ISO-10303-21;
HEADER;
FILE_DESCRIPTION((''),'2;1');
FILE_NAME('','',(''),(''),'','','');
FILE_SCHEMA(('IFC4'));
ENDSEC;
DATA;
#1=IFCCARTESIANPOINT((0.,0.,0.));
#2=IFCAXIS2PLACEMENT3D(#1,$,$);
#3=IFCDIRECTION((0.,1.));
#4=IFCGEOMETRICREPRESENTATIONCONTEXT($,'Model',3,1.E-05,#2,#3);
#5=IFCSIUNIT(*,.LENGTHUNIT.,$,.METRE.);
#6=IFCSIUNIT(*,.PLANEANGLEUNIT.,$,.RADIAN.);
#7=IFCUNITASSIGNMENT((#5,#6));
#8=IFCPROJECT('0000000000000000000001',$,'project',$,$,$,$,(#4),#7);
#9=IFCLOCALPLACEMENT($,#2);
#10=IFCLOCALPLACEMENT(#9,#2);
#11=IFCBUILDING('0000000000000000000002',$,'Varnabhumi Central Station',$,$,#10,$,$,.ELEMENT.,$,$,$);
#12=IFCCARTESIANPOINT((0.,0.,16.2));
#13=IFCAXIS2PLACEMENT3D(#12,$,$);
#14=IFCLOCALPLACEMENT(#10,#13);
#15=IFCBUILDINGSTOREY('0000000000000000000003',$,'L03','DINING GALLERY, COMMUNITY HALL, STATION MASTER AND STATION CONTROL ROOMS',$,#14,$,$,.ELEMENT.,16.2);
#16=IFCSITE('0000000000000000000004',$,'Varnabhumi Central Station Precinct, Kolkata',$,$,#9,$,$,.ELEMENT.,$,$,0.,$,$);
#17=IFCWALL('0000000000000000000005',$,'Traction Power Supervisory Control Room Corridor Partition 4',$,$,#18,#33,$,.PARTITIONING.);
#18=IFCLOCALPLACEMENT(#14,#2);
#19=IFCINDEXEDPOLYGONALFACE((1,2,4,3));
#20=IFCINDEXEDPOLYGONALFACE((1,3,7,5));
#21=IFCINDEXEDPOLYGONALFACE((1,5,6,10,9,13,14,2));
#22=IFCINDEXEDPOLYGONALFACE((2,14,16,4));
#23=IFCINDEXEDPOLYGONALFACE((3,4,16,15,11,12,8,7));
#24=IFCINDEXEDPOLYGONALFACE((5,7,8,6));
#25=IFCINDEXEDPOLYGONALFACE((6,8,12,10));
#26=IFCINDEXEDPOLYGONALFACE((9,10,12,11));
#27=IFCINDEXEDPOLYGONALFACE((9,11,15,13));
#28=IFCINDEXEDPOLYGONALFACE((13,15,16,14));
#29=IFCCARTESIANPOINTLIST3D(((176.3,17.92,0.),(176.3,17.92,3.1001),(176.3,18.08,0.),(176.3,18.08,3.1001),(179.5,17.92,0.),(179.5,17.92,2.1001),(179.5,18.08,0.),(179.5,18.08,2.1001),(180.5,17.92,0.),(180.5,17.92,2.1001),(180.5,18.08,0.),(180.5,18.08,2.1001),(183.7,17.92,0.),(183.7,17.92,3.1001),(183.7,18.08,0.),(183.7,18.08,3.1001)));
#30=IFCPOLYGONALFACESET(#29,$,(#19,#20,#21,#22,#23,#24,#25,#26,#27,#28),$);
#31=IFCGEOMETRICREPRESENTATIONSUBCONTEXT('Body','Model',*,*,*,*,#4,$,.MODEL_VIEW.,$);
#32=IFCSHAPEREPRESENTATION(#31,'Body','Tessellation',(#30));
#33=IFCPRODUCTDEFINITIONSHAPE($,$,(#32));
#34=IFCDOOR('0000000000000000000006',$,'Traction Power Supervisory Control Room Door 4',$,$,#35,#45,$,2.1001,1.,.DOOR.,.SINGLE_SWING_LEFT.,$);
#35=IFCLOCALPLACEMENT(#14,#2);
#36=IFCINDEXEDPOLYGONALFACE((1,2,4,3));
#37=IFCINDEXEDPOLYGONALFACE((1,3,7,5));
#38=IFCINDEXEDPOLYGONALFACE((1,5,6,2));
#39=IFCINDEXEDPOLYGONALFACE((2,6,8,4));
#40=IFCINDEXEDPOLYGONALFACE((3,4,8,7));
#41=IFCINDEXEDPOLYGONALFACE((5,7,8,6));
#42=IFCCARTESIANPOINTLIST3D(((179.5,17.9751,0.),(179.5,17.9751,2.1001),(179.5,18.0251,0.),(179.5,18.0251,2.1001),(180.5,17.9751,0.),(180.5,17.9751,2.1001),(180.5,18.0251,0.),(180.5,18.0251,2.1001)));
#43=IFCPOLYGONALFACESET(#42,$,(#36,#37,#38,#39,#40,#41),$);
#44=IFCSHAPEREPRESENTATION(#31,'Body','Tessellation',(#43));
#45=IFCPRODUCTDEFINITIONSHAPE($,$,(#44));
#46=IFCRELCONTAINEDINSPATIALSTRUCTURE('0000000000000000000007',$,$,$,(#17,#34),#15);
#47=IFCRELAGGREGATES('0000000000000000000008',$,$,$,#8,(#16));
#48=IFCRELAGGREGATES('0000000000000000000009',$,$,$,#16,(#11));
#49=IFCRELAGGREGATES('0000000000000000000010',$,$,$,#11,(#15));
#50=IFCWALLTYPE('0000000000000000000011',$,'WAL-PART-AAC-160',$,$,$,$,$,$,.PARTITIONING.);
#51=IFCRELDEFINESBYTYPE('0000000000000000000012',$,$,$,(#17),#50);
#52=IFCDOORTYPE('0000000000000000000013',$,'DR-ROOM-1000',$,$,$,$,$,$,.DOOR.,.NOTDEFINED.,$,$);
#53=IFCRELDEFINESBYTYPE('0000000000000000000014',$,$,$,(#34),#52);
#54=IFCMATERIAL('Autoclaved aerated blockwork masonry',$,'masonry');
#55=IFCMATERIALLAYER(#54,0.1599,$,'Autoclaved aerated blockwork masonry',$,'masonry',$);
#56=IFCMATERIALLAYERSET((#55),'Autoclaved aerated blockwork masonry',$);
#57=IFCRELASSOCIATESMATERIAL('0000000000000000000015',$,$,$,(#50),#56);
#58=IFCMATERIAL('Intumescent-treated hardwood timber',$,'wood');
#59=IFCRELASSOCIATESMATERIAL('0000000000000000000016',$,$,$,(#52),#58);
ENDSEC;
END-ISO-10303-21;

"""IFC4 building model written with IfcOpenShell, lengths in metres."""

from ifc_helpers import new_model, si_unit, direction, frame, frame_2d, origin, place, context, subcontext, project, spatial, rectangle, extrude, material, layer, layer_set, type_object, element, fill, save


model = new_model("IFC4")

# Units and contexts
model_context = context("Model", 3, precision=1e-05, world=origin(), true_north=direction((0.0, 1.0)))
body_context = subcontext(model_context, "Body", "Model", "MODEL_VIEW")
ifc_project = project(units=[si_unit("LENGTHUNIT", "METRE"), si_unit("PLANEANGLEUNIT", "RADIAN")], contexts=[model_context])

# Site, building, storey
site_placement = place(None, origin())
site = spatial("IfcSite", under=ifc_project, at=site_placement, Name="Varnabhumi Central Station Precinct, Kolkata", CompositionType="ELEMENT", RefElevation=0.0)
building_placement = place(site_placement, origin())
building = spatial("IfcBuilding", under=site, at=building_placement, Name="Varnabhumi Central Station", CompositionType="ELEMENT")
storey_placement = place(building_placement, frame((0.0, 0.0, 16.2)))
storey = spatial("IfcBuildingStorey", under=building, at=storey_placement, Name="L03", Description="DINING GALLERY, COMMUNITY HALL, STATION MASTER AND STATION CONTROL ROOMS", CompositionType="ELEMENT", Elevation=16.2)

# Shared definitions
ifc_material_1 = material(Name="Autoclaved aerated blockwork masonry", Category="masonry")

# Shared definitions
ifc_layer_1 = layer(ifc_material_1, 0.1599, Name="Autoclaved aerated blockwork masonry", Category="masonry")
ifc_layer_set_1 = layer_set([ifc_layer_1], Name="Autoclaved aerated blockwork masonry")
wall_type_1 = type_object("IfcWallType", Name="WAL-PART-AAC-160", PredefinedType="PARTITIONING", material=ifc_layer_set_1)

# Wall, opening, door
wall_1_placement = place(storey_placement, frame((176.3, 18.0, 0.0), z_axis=(0.0, 0.0, 1.0), x_axis=(1.0, 0.0, 0.0)))
wall_1 = element("IfcWall", 1, at=wall_1_placement, inside=storey, type_object=wall_type_1, Name="Traction Power Supervisory Control Room Corridor Partition 4", PredefinedType="PARTITIONING", context=body_context, shape_type="SweptSolid", body=[
    extrude(rectangle(XDim=7.3999, YDim=0.1599, at=frame_2d((3.7, 0.0))), origin(), (0.0, 0.0, 1.0), 3.1001),
])
opening_1_placement = place(wall_1_placement, frame((3.2, 0.0, 0.0)))
opening_1 = element("IfcOpeningElement", 2, at=opening_1_placement, cuts=wall_1, PredefinedType="OPENING", context=body_context, shape_type="SweptSolid", body=[
    extrude(rectangle(XDim=1.0, YDim=2.1001, at=frame_2d((0.5, 1.05))), frame((0.0, 0.0898, 0.0), z_axis=(0.0, -1.0, 0.0), x_axis=(1.0, 0.0, 0.0)), (0.0, 0.0, 1.0), 0.1799),
])
ifc_material_2 = material(Name="Intumescent-treated hardwood timber", Category="wood")
door_type = type_object("IfcDoorType", Name="DR-ROOM-1000", OperationType="NOTDEFINED", PredefinedType="DOOR", material=ifc_material_2)
door_placement = place(opening_1_placement, frame((1.0, 0.0, 0.0), z_axis=(0.0, 0.0, 1.0), x_axis=(-1.0, 0.0, 0.0)))
door = element("IfcDoor", 3, at=door_placement, inside=storey, type_object=door_type, Name="Traction Power Supervisory Control Room Door 4", OperationType="SINGLE_SWING_LEFT", OverallHeight=2.1001, OverallWidth=1.0, PredefinedType="DOOR", context=body_context, shape_type="SweptSolid", body=[
    extrude(rectangle(XDim=1.0, YDim=2.1001, at=frame_2d((0.5, 1.05))), frame((0.0, 0.0249, 0.0), z_axis=(0.0, -1.0, 0.0), x_axis=(1.0, 0.0, 0.0)), (0.0, 0.0, 1.0), 0.05),
])
fill(opening_1, door)

save(model, "model.ifc")
